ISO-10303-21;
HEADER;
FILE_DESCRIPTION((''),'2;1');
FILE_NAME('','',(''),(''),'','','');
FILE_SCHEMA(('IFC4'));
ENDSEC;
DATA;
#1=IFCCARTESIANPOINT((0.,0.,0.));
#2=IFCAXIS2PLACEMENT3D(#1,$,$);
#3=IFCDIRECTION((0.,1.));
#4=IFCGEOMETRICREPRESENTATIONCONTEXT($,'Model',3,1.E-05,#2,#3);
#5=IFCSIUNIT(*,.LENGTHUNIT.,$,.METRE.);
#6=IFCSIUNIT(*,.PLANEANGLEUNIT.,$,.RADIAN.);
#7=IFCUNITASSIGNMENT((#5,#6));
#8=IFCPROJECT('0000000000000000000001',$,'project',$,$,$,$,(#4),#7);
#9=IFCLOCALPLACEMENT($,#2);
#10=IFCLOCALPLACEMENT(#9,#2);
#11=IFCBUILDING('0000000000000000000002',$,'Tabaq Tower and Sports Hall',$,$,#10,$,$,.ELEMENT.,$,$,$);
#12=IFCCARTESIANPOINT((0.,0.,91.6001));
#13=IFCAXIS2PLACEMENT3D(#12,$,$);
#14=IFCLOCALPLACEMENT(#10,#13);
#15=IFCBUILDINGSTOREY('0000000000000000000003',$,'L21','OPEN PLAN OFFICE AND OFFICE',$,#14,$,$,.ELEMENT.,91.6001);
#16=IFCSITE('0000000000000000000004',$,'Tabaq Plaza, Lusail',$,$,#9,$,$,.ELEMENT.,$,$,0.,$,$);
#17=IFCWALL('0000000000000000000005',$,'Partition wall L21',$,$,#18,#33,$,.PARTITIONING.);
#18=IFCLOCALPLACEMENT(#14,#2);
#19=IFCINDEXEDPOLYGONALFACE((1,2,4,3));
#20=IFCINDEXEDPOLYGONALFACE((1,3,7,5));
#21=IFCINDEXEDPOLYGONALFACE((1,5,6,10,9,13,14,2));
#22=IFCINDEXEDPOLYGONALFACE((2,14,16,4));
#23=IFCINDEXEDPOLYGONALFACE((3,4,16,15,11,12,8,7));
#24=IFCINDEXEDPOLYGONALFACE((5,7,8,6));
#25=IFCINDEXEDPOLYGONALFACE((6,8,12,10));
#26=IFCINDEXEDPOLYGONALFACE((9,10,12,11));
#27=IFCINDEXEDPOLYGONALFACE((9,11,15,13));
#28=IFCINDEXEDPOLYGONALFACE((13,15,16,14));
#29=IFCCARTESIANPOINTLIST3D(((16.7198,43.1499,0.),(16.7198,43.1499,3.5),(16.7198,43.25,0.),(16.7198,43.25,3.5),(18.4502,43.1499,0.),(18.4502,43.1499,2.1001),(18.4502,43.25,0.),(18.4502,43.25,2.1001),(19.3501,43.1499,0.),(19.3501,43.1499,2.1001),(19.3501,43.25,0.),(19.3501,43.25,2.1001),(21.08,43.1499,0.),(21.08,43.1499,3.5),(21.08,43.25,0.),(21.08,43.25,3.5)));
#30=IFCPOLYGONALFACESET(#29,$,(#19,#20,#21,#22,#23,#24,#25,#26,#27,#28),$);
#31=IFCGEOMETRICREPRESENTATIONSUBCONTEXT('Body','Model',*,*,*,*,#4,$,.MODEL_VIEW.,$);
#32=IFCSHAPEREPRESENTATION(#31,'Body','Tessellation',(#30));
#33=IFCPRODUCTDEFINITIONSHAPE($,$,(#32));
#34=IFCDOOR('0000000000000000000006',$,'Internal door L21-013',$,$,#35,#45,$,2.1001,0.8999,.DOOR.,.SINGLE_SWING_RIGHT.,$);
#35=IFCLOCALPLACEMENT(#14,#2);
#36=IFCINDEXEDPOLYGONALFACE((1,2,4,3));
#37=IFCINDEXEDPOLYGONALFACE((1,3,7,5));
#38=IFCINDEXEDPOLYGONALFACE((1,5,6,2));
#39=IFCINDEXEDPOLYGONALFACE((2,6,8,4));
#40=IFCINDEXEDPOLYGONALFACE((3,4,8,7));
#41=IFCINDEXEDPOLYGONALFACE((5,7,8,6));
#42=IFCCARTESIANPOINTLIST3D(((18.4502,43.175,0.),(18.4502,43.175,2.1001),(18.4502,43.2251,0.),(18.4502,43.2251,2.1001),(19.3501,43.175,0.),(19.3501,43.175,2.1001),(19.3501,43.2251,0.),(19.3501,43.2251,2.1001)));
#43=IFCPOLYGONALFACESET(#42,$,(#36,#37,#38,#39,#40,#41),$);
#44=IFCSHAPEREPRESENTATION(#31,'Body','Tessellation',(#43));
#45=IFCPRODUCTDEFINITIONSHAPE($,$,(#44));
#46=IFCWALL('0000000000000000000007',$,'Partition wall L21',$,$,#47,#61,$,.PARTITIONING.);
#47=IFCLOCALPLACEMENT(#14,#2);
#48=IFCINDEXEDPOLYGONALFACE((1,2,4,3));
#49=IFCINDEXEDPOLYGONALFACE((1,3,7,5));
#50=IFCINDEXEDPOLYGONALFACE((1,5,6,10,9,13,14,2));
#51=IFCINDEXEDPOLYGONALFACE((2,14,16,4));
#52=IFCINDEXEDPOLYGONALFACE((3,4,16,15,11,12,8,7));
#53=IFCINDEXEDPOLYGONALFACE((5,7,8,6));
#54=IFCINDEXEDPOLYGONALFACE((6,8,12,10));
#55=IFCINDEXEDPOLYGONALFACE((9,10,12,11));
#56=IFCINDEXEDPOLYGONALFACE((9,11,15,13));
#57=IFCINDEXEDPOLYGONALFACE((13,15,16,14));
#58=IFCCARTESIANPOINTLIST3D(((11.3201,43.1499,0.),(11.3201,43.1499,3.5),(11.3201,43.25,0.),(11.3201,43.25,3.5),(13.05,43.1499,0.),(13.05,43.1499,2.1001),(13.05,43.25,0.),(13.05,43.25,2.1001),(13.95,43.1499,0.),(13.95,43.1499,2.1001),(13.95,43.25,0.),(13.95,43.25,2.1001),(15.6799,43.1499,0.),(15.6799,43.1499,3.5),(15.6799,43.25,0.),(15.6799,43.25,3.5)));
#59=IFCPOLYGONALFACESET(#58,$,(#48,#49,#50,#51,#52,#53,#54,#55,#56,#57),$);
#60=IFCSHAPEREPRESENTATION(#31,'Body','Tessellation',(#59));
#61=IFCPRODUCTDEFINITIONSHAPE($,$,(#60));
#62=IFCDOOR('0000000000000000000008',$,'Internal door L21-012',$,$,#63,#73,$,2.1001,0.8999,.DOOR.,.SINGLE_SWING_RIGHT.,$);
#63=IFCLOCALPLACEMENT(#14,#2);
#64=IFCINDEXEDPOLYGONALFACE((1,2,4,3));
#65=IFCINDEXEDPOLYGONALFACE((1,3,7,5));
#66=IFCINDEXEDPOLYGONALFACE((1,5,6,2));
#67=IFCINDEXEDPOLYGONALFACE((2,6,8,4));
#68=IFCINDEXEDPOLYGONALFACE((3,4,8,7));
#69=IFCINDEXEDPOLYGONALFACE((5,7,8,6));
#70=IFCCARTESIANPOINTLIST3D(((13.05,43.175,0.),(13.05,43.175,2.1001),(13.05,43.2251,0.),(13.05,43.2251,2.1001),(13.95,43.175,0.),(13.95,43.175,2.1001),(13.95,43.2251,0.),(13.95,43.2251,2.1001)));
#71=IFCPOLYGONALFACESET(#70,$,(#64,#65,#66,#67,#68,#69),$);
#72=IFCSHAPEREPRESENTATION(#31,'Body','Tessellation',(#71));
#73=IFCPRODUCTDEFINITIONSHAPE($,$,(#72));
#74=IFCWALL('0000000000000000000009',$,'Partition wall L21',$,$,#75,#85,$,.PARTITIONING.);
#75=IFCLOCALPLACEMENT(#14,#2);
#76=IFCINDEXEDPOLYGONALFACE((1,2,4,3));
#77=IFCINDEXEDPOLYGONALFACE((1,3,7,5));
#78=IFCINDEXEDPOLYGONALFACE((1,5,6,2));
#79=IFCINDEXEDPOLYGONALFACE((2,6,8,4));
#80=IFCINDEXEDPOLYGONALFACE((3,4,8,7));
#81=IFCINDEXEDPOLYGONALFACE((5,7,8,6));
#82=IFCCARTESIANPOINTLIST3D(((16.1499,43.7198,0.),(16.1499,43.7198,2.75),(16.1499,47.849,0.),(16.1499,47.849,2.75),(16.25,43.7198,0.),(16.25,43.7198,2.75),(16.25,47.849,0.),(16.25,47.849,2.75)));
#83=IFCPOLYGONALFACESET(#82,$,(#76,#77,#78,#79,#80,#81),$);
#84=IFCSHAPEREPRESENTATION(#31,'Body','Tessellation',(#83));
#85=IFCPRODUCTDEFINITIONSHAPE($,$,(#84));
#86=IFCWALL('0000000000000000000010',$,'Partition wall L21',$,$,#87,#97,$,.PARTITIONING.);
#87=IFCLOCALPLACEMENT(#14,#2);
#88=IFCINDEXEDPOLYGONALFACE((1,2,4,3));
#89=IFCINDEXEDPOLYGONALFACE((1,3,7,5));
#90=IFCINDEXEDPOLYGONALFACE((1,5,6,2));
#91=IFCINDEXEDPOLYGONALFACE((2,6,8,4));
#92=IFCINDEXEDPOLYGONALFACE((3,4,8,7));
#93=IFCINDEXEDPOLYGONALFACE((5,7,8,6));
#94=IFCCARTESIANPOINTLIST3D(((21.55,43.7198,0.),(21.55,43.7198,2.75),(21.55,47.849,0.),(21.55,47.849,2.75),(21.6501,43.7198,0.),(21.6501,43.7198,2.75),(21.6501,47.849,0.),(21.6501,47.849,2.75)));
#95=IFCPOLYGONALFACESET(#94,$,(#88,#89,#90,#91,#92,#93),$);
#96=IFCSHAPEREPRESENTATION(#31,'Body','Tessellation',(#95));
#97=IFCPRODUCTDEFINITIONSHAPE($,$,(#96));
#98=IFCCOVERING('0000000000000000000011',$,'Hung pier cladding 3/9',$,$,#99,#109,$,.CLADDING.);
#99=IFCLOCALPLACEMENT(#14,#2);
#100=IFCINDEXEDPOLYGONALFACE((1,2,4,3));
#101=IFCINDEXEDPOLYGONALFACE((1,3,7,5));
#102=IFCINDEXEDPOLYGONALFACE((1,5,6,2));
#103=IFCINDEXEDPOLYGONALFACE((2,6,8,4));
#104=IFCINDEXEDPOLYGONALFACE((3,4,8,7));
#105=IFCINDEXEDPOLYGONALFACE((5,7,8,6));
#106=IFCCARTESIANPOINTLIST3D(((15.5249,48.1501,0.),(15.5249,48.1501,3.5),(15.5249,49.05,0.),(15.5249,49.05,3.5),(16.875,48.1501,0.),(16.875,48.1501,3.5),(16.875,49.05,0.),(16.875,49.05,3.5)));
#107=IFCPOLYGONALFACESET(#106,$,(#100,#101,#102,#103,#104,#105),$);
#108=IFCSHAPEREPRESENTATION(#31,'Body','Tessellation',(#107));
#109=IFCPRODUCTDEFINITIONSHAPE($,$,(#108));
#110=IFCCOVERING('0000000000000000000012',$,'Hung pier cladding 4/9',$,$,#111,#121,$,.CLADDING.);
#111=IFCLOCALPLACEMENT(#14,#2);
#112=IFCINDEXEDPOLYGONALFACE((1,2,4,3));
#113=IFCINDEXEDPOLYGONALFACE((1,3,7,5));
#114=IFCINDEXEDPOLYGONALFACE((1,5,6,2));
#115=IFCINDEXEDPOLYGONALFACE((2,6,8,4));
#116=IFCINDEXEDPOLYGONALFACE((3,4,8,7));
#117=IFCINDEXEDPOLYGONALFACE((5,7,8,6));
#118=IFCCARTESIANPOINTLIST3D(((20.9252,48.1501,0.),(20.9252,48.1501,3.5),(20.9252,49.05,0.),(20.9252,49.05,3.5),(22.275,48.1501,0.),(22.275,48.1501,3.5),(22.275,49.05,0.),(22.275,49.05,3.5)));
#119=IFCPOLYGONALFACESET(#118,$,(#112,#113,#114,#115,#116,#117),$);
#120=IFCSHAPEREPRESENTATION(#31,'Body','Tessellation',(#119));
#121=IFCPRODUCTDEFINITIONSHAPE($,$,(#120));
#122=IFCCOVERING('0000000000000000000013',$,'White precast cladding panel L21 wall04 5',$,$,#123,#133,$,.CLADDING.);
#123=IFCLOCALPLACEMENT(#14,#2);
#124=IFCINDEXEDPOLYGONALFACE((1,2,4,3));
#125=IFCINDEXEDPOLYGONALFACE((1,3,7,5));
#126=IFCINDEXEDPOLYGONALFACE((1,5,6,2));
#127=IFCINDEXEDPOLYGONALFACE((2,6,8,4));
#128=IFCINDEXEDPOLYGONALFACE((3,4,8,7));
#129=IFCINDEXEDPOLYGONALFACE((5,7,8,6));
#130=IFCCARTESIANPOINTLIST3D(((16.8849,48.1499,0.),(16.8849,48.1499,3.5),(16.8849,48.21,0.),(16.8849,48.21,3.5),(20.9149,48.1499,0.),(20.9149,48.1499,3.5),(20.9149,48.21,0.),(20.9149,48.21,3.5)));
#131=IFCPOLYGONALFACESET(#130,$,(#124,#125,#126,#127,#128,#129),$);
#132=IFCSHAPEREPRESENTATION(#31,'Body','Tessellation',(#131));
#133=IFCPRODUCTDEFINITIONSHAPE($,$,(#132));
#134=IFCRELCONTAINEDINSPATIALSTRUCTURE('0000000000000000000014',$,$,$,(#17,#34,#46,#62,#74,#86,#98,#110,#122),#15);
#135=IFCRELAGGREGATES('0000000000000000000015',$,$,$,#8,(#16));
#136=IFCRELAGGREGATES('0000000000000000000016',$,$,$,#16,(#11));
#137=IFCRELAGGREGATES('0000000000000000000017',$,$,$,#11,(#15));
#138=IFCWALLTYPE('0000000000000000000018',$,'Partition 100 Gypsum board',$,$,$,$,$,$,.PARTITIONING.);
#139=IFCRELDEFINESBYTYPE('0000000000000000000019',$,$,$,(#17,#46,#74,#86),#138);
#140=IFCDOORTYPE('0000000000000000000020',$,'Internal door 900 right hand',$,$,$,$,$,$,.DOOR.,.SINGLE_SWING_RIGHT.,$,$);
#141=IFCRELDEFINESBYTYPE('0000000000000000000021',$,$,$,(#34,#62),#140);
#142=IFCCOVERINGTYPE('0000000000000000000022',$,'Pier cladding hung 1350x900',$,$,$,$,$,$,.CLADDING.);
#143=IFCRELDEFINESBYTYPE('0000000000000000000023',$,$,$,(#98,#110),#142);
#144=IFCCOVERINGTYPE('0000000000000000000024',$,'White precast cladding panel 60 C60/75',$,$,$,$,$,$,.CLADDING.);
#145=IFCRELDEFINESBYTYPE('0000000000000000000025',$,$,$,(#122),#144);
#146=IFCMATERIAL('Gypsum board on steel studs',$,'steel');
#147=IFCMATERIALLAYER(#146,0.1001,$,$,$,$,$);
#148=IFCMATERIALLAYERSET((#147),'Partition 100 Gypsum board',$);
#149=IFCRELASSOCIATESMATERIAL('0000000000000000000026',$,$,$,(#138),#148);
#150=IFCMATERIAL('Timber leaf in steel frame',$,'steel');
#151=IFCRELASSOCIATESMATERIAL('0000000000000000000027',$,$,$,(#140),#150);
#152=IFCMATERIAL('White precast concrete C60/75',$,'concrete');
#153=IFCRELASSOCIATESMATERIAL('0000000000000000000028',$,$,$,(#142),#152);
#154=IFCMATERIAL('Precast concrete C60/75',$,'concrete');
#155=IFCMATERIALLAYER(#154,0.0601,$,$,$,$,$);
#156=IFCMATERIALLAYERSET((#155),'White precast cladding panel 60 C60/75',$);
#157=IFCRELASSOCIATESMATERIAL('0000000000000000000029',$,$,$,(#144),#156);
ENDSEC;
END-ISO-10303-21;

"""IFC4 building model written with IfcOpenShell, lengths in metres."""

from ifc_helpers import new_model, si_unit, direction, frame, frame_2d, origin, place, context, subcontext, project, spatial, rectangle, extrude, material, layer, layer_set, type_object, element, fill, save


model = new_model("IFC4")

# Units and contexts
model_context = context("Model", 3, precision=1e-05, world=origin(), true_north=direction((0.0, 1.0)))
body_context = subcontext(model_context, "Body", "Model", "MODEL_VIEW")
ifc_project = project(units=[si_unit("LENGTHUNIT", "METRE"), si_unit("PLANEANGLEUNIT", "RADIAN")], contexts=[model_context])

# Site, building, storey
site_placement = place(None, origin())
site = spatial("IfcSite", under=ifc_project, at=site_placement, Name="Tabaq Plaza, Lusail", CompositionType="ELEMENT", RefElevation=0.0)
building_placement = place(site_placement, origin())
building = spatial("IfcBuilding", under=site, at=building_placement, Name="Tabaq Tower and Sports Hall", CompositionType="ELEMENT")
storey_placement = place(building_placement, frame((0.0, 0.0, 91.6001)))
storey = spatial("IfcBuildingStorey", under=building, at=storey_placement, Name="L21", Description="OPEN PLAN OFFICE AND OFFICE", CompositionType="ELEMENT", Elevation=91.6001)

# Walls, openings, doors
ifc_material_1 = material(Name="Gypsum board on steel studs", Category="steel")
ifc_layer_1 = layer(ifc_material_1, 0.1001)
ifc_layer_set_1 = layer_set([ifc_layer_1], Name="Partition 100 Gypsum board")
wall_type = type_object("IfcWallType", Name="Partition 100 Gypsum board", PredefinedType="PARTITIONING", material=ifc_layer_set_1)
ifc_material_2 = material(Name="Timber leaf in steel frame", Category="steel")
door_type = type_object("IfcDoorType", Name="Internal door 900 right hand", OperationType="SINGLE_SWING_RIGHT", PredefinedType="DOOR", material=ifc_material_2)
wall_1_placement = place(storey_placement, frame((21.0801, 43.2, 0.0), z_axis=(0.0, 0.0, 1.0), x_axis=(-1.0, 0.0, 0.0)))
wall_1 = element("IfcWall", 1, at=wall_1_placement, inside=storey, type_object=wall_type, Name="Partition wall L21", PredefinedType="PARTITIONING", context=body_context, shape_type="SweptSolid", body=[
    extrude(rectangle(XDim=4.3601, YDim=0.1001, at=frame_2d((2.1802, 0.0))), origin(), (0.0, 0.0, 1.0), 3.5),
])
opening_1_placement = place(wall_1_placement, frame((1.73, 0.0, 0.0)))
opening_1 = element("IfcOpeningElement", 2, at=opening_1_placement, cuts=wall_1, PredefinedType="OPENING", context=body_context, shape_type="SweptSolid", body=[
    extrude(rectangle(XDim=0.8999, YDim=2.1001, at=frame_2d((0.45, 1.05))), frame((0.0, 0.05, 0.0), z_axis=(0.0, -1.0, 0.0), x_axis=(1.0, 0.0, 0.0)), (0.0, 0.0, 1.0), 0.1001),
])
door_1_placement = place(opening_1_placement, origin())
door_1 = element("IfcDoor", 3, at=door_1_placement, inside=storey, type_object=door_type, Name="Internal door L21-013", OperationType="SINGLE_SWING_RIGHT", OverallHeight=2.1001, OverallWidth=0.8999, PredefinedType="DOOR", context=body_context, shape_type="SweptSolid", body=[
    extrude(rectangle(XDim=0.8999, YDim=2.1001, at=frame_2d((0.45, 1.05))), frame((0.0, 0.0249, 0.0), z_axis=(0.0, -1.0, 0.0), x_axis=(1.0, 0.0, 0.0)), (0.0, 0.0, 1.0), 0.05),
])
fill(opening_1, door_1)
wall_2_placement = place(storey_placement, frame((15.6799, 43.2, 0.0), z_axis=(0.0, 0.0, 1.0), x_axis=(-1.0, 0.0, 0.0)))
wall_2 = element("IfcWall", 4, at=wall_2_placement, inside=storey, type_object=wall_type, Name="Partition wall L21", PredefinedType="PARTITIONING", context=body_context, shape_type="SweptSolid", body=[
    extrude(rectangle(XDim=4.3599, YDim=0.1001, at=frame_2d((2.1799, 0.0))), origin(), (0.0, 0.0, 1.0), 3.5),
])
opening_2_placement = place(wall_2_placement, frame((1.73, 0.0, 0.0)))
opening_2 = element("IfcOpeningElement", 5, at=opening_2_placement, cuts=wall_2, PredefinedType="OPENING", context=body_context, shape_type="SweptSolid", body=[
    extrude(rectangle(XDim=0.8999, YDim=2.1001, at=frame_2d((0.45, 1.05))), frame((0.0, 0.05, 0.0), z_axis=(0.0, -1.0, 0.0), x_axis=(1.0, 0.0, 0.0)), (0.0, 0.0, 1.0), 0.1001),
])
door_2_placement = place(opening_2_placement, origin())
door_2 = element("IfcDoor", 6, at=door_2_placement, inside=storey, type_object=door_type, Name="Internal door L21-012", OperationType="SINGLE_SWING_RIGHT", OverallHeight=2.1001, OverallWidth=0.8999, PredefinedType="DOOR", context=body_context, shape_type="SweptSolid", body=[
    extrude(rectangle(XDim=0.8999, YDim=2.1001, at=frame_2d((0.45, 1.05))), frame((0.0, 0.0249, 0.0), z_axis=(0.0, -1.0, 0.0), x_axis=(1.0, 0.0, 0.0)), (0.0, 0.0, 1.0), 0.05),
])
fill(opening_2, door_2)

# Walls
for number, where, z_axis, x_axis, name in (
    (7, (16.2, 43.72, 0.0), (0.0, 0.0, 1.0), (0.0, 1.0, 0.0), "Partition wall L21"),
    (8, (21.6001, 43.72, 0.0), (0.0, 0.0, 1.0), (0.0, 1.0, 0.0), "Partition wall L21"),
):
    element("IfcWall", number, at=place(storey_placement, frame(where, z_axis=z_axis, x_axis=x_axis)), inside=storey, type_object=wall_type, Name=name, PredefinedType="PARTITIONING", context=body_context, shape_type="SweptSolid", body=[
        extrude(rectangle(XDim=4.1292, YDim=0.1001, at=frame_2d((2.0645, 0.0))), origin(), (0.0, 0.0, 1.0), 2.75),
    ])

# Coverings
ifc_material_3 = material(Name="White precast concrete C60/75", Category="concrete")
covering_type_1 = type_object("IfcCoveringType", Name="Pier cladding hung 1350x900", PredefinedType="CLADDING", material=ifc_material_3)
covering_1_placement = place(storey_placement, frame((16.875, 48.6001, 0.0), z_axis=(0.0, 0.0, 1.0), x_axis=(-1.0, 0.0, 0.0)))
element("IfcCovering", 9, at=covering_1_placement, inside=storey, type_object=covering_type_1, Name="Hung pier cladding 3/9", PredefinedType="CLADDING", context=body_context, shape_type="SweptSolid", body=[
    extrude(rectangle(XDim=1.3501, YDim=0.8999, at=frame_2d((0.675, 0.0))), origin(), (0.0, 0.0, 1.0), 3.5),
])
covering_2_placement = place(storey_placement, frame((22.2749, 48.6001, 0.0), z_axis=(0.0, 0.0, 1.0), x_axis=(-1.0, 0.0, 0.0)))
element("IfcCovering", 10, at=covering_2_placement, inside=storey, type_object=covering_type_1, Name="Hung pier cladding 4/9", PredefinedType="CLADDING", context=body_context, shape_type="SweptSolid", body=[
    extrude(rectangle(XDim=1.3499, YDim=0.8999, at=frame_2d((0.6748, 0.0))), origin(), (0.0, 0.0, 1.0), 3.5),
])
ifc_material_4 = material(Name="Precast concrete C60/75", Category="concrete")
ifc_layer_2 = layer(ifc_material_4, 0.0601)
ifc_layer_set_2 = layer_set([ifc_layer_2], Name="White precast cladding panel 60 C60/75")
covering_type_2 = type_object("IfcCoveringType", Name="White precast cladding panel 60 C60/75", PredefinedType="CLADDING", material=ifc_layer_set_2)
covering_3_placement = place(storey_placement, frame((20.915, 48.1799, 0.0), z_axis=(0.0, 0.0, 1.0), x_axis=(-1.0, 0.0, 0.0)))
element("IfcCovering", 11, at=covering_3_placement, inside=storey, type_object=covering_type_2, Name="White precast cladding panel L21 wall04 5", PredefinedType="CLADDING", context=body_context, shape_type="SweptSolid", body=[
    extrude(rectangle(XDim=4.03, YDim=0.0601, at=frame_2d((2.0151, 0.0))), origin(), (0.0, 0.0, 1.0), 3.5),
])

save(model, "model.ifc")
